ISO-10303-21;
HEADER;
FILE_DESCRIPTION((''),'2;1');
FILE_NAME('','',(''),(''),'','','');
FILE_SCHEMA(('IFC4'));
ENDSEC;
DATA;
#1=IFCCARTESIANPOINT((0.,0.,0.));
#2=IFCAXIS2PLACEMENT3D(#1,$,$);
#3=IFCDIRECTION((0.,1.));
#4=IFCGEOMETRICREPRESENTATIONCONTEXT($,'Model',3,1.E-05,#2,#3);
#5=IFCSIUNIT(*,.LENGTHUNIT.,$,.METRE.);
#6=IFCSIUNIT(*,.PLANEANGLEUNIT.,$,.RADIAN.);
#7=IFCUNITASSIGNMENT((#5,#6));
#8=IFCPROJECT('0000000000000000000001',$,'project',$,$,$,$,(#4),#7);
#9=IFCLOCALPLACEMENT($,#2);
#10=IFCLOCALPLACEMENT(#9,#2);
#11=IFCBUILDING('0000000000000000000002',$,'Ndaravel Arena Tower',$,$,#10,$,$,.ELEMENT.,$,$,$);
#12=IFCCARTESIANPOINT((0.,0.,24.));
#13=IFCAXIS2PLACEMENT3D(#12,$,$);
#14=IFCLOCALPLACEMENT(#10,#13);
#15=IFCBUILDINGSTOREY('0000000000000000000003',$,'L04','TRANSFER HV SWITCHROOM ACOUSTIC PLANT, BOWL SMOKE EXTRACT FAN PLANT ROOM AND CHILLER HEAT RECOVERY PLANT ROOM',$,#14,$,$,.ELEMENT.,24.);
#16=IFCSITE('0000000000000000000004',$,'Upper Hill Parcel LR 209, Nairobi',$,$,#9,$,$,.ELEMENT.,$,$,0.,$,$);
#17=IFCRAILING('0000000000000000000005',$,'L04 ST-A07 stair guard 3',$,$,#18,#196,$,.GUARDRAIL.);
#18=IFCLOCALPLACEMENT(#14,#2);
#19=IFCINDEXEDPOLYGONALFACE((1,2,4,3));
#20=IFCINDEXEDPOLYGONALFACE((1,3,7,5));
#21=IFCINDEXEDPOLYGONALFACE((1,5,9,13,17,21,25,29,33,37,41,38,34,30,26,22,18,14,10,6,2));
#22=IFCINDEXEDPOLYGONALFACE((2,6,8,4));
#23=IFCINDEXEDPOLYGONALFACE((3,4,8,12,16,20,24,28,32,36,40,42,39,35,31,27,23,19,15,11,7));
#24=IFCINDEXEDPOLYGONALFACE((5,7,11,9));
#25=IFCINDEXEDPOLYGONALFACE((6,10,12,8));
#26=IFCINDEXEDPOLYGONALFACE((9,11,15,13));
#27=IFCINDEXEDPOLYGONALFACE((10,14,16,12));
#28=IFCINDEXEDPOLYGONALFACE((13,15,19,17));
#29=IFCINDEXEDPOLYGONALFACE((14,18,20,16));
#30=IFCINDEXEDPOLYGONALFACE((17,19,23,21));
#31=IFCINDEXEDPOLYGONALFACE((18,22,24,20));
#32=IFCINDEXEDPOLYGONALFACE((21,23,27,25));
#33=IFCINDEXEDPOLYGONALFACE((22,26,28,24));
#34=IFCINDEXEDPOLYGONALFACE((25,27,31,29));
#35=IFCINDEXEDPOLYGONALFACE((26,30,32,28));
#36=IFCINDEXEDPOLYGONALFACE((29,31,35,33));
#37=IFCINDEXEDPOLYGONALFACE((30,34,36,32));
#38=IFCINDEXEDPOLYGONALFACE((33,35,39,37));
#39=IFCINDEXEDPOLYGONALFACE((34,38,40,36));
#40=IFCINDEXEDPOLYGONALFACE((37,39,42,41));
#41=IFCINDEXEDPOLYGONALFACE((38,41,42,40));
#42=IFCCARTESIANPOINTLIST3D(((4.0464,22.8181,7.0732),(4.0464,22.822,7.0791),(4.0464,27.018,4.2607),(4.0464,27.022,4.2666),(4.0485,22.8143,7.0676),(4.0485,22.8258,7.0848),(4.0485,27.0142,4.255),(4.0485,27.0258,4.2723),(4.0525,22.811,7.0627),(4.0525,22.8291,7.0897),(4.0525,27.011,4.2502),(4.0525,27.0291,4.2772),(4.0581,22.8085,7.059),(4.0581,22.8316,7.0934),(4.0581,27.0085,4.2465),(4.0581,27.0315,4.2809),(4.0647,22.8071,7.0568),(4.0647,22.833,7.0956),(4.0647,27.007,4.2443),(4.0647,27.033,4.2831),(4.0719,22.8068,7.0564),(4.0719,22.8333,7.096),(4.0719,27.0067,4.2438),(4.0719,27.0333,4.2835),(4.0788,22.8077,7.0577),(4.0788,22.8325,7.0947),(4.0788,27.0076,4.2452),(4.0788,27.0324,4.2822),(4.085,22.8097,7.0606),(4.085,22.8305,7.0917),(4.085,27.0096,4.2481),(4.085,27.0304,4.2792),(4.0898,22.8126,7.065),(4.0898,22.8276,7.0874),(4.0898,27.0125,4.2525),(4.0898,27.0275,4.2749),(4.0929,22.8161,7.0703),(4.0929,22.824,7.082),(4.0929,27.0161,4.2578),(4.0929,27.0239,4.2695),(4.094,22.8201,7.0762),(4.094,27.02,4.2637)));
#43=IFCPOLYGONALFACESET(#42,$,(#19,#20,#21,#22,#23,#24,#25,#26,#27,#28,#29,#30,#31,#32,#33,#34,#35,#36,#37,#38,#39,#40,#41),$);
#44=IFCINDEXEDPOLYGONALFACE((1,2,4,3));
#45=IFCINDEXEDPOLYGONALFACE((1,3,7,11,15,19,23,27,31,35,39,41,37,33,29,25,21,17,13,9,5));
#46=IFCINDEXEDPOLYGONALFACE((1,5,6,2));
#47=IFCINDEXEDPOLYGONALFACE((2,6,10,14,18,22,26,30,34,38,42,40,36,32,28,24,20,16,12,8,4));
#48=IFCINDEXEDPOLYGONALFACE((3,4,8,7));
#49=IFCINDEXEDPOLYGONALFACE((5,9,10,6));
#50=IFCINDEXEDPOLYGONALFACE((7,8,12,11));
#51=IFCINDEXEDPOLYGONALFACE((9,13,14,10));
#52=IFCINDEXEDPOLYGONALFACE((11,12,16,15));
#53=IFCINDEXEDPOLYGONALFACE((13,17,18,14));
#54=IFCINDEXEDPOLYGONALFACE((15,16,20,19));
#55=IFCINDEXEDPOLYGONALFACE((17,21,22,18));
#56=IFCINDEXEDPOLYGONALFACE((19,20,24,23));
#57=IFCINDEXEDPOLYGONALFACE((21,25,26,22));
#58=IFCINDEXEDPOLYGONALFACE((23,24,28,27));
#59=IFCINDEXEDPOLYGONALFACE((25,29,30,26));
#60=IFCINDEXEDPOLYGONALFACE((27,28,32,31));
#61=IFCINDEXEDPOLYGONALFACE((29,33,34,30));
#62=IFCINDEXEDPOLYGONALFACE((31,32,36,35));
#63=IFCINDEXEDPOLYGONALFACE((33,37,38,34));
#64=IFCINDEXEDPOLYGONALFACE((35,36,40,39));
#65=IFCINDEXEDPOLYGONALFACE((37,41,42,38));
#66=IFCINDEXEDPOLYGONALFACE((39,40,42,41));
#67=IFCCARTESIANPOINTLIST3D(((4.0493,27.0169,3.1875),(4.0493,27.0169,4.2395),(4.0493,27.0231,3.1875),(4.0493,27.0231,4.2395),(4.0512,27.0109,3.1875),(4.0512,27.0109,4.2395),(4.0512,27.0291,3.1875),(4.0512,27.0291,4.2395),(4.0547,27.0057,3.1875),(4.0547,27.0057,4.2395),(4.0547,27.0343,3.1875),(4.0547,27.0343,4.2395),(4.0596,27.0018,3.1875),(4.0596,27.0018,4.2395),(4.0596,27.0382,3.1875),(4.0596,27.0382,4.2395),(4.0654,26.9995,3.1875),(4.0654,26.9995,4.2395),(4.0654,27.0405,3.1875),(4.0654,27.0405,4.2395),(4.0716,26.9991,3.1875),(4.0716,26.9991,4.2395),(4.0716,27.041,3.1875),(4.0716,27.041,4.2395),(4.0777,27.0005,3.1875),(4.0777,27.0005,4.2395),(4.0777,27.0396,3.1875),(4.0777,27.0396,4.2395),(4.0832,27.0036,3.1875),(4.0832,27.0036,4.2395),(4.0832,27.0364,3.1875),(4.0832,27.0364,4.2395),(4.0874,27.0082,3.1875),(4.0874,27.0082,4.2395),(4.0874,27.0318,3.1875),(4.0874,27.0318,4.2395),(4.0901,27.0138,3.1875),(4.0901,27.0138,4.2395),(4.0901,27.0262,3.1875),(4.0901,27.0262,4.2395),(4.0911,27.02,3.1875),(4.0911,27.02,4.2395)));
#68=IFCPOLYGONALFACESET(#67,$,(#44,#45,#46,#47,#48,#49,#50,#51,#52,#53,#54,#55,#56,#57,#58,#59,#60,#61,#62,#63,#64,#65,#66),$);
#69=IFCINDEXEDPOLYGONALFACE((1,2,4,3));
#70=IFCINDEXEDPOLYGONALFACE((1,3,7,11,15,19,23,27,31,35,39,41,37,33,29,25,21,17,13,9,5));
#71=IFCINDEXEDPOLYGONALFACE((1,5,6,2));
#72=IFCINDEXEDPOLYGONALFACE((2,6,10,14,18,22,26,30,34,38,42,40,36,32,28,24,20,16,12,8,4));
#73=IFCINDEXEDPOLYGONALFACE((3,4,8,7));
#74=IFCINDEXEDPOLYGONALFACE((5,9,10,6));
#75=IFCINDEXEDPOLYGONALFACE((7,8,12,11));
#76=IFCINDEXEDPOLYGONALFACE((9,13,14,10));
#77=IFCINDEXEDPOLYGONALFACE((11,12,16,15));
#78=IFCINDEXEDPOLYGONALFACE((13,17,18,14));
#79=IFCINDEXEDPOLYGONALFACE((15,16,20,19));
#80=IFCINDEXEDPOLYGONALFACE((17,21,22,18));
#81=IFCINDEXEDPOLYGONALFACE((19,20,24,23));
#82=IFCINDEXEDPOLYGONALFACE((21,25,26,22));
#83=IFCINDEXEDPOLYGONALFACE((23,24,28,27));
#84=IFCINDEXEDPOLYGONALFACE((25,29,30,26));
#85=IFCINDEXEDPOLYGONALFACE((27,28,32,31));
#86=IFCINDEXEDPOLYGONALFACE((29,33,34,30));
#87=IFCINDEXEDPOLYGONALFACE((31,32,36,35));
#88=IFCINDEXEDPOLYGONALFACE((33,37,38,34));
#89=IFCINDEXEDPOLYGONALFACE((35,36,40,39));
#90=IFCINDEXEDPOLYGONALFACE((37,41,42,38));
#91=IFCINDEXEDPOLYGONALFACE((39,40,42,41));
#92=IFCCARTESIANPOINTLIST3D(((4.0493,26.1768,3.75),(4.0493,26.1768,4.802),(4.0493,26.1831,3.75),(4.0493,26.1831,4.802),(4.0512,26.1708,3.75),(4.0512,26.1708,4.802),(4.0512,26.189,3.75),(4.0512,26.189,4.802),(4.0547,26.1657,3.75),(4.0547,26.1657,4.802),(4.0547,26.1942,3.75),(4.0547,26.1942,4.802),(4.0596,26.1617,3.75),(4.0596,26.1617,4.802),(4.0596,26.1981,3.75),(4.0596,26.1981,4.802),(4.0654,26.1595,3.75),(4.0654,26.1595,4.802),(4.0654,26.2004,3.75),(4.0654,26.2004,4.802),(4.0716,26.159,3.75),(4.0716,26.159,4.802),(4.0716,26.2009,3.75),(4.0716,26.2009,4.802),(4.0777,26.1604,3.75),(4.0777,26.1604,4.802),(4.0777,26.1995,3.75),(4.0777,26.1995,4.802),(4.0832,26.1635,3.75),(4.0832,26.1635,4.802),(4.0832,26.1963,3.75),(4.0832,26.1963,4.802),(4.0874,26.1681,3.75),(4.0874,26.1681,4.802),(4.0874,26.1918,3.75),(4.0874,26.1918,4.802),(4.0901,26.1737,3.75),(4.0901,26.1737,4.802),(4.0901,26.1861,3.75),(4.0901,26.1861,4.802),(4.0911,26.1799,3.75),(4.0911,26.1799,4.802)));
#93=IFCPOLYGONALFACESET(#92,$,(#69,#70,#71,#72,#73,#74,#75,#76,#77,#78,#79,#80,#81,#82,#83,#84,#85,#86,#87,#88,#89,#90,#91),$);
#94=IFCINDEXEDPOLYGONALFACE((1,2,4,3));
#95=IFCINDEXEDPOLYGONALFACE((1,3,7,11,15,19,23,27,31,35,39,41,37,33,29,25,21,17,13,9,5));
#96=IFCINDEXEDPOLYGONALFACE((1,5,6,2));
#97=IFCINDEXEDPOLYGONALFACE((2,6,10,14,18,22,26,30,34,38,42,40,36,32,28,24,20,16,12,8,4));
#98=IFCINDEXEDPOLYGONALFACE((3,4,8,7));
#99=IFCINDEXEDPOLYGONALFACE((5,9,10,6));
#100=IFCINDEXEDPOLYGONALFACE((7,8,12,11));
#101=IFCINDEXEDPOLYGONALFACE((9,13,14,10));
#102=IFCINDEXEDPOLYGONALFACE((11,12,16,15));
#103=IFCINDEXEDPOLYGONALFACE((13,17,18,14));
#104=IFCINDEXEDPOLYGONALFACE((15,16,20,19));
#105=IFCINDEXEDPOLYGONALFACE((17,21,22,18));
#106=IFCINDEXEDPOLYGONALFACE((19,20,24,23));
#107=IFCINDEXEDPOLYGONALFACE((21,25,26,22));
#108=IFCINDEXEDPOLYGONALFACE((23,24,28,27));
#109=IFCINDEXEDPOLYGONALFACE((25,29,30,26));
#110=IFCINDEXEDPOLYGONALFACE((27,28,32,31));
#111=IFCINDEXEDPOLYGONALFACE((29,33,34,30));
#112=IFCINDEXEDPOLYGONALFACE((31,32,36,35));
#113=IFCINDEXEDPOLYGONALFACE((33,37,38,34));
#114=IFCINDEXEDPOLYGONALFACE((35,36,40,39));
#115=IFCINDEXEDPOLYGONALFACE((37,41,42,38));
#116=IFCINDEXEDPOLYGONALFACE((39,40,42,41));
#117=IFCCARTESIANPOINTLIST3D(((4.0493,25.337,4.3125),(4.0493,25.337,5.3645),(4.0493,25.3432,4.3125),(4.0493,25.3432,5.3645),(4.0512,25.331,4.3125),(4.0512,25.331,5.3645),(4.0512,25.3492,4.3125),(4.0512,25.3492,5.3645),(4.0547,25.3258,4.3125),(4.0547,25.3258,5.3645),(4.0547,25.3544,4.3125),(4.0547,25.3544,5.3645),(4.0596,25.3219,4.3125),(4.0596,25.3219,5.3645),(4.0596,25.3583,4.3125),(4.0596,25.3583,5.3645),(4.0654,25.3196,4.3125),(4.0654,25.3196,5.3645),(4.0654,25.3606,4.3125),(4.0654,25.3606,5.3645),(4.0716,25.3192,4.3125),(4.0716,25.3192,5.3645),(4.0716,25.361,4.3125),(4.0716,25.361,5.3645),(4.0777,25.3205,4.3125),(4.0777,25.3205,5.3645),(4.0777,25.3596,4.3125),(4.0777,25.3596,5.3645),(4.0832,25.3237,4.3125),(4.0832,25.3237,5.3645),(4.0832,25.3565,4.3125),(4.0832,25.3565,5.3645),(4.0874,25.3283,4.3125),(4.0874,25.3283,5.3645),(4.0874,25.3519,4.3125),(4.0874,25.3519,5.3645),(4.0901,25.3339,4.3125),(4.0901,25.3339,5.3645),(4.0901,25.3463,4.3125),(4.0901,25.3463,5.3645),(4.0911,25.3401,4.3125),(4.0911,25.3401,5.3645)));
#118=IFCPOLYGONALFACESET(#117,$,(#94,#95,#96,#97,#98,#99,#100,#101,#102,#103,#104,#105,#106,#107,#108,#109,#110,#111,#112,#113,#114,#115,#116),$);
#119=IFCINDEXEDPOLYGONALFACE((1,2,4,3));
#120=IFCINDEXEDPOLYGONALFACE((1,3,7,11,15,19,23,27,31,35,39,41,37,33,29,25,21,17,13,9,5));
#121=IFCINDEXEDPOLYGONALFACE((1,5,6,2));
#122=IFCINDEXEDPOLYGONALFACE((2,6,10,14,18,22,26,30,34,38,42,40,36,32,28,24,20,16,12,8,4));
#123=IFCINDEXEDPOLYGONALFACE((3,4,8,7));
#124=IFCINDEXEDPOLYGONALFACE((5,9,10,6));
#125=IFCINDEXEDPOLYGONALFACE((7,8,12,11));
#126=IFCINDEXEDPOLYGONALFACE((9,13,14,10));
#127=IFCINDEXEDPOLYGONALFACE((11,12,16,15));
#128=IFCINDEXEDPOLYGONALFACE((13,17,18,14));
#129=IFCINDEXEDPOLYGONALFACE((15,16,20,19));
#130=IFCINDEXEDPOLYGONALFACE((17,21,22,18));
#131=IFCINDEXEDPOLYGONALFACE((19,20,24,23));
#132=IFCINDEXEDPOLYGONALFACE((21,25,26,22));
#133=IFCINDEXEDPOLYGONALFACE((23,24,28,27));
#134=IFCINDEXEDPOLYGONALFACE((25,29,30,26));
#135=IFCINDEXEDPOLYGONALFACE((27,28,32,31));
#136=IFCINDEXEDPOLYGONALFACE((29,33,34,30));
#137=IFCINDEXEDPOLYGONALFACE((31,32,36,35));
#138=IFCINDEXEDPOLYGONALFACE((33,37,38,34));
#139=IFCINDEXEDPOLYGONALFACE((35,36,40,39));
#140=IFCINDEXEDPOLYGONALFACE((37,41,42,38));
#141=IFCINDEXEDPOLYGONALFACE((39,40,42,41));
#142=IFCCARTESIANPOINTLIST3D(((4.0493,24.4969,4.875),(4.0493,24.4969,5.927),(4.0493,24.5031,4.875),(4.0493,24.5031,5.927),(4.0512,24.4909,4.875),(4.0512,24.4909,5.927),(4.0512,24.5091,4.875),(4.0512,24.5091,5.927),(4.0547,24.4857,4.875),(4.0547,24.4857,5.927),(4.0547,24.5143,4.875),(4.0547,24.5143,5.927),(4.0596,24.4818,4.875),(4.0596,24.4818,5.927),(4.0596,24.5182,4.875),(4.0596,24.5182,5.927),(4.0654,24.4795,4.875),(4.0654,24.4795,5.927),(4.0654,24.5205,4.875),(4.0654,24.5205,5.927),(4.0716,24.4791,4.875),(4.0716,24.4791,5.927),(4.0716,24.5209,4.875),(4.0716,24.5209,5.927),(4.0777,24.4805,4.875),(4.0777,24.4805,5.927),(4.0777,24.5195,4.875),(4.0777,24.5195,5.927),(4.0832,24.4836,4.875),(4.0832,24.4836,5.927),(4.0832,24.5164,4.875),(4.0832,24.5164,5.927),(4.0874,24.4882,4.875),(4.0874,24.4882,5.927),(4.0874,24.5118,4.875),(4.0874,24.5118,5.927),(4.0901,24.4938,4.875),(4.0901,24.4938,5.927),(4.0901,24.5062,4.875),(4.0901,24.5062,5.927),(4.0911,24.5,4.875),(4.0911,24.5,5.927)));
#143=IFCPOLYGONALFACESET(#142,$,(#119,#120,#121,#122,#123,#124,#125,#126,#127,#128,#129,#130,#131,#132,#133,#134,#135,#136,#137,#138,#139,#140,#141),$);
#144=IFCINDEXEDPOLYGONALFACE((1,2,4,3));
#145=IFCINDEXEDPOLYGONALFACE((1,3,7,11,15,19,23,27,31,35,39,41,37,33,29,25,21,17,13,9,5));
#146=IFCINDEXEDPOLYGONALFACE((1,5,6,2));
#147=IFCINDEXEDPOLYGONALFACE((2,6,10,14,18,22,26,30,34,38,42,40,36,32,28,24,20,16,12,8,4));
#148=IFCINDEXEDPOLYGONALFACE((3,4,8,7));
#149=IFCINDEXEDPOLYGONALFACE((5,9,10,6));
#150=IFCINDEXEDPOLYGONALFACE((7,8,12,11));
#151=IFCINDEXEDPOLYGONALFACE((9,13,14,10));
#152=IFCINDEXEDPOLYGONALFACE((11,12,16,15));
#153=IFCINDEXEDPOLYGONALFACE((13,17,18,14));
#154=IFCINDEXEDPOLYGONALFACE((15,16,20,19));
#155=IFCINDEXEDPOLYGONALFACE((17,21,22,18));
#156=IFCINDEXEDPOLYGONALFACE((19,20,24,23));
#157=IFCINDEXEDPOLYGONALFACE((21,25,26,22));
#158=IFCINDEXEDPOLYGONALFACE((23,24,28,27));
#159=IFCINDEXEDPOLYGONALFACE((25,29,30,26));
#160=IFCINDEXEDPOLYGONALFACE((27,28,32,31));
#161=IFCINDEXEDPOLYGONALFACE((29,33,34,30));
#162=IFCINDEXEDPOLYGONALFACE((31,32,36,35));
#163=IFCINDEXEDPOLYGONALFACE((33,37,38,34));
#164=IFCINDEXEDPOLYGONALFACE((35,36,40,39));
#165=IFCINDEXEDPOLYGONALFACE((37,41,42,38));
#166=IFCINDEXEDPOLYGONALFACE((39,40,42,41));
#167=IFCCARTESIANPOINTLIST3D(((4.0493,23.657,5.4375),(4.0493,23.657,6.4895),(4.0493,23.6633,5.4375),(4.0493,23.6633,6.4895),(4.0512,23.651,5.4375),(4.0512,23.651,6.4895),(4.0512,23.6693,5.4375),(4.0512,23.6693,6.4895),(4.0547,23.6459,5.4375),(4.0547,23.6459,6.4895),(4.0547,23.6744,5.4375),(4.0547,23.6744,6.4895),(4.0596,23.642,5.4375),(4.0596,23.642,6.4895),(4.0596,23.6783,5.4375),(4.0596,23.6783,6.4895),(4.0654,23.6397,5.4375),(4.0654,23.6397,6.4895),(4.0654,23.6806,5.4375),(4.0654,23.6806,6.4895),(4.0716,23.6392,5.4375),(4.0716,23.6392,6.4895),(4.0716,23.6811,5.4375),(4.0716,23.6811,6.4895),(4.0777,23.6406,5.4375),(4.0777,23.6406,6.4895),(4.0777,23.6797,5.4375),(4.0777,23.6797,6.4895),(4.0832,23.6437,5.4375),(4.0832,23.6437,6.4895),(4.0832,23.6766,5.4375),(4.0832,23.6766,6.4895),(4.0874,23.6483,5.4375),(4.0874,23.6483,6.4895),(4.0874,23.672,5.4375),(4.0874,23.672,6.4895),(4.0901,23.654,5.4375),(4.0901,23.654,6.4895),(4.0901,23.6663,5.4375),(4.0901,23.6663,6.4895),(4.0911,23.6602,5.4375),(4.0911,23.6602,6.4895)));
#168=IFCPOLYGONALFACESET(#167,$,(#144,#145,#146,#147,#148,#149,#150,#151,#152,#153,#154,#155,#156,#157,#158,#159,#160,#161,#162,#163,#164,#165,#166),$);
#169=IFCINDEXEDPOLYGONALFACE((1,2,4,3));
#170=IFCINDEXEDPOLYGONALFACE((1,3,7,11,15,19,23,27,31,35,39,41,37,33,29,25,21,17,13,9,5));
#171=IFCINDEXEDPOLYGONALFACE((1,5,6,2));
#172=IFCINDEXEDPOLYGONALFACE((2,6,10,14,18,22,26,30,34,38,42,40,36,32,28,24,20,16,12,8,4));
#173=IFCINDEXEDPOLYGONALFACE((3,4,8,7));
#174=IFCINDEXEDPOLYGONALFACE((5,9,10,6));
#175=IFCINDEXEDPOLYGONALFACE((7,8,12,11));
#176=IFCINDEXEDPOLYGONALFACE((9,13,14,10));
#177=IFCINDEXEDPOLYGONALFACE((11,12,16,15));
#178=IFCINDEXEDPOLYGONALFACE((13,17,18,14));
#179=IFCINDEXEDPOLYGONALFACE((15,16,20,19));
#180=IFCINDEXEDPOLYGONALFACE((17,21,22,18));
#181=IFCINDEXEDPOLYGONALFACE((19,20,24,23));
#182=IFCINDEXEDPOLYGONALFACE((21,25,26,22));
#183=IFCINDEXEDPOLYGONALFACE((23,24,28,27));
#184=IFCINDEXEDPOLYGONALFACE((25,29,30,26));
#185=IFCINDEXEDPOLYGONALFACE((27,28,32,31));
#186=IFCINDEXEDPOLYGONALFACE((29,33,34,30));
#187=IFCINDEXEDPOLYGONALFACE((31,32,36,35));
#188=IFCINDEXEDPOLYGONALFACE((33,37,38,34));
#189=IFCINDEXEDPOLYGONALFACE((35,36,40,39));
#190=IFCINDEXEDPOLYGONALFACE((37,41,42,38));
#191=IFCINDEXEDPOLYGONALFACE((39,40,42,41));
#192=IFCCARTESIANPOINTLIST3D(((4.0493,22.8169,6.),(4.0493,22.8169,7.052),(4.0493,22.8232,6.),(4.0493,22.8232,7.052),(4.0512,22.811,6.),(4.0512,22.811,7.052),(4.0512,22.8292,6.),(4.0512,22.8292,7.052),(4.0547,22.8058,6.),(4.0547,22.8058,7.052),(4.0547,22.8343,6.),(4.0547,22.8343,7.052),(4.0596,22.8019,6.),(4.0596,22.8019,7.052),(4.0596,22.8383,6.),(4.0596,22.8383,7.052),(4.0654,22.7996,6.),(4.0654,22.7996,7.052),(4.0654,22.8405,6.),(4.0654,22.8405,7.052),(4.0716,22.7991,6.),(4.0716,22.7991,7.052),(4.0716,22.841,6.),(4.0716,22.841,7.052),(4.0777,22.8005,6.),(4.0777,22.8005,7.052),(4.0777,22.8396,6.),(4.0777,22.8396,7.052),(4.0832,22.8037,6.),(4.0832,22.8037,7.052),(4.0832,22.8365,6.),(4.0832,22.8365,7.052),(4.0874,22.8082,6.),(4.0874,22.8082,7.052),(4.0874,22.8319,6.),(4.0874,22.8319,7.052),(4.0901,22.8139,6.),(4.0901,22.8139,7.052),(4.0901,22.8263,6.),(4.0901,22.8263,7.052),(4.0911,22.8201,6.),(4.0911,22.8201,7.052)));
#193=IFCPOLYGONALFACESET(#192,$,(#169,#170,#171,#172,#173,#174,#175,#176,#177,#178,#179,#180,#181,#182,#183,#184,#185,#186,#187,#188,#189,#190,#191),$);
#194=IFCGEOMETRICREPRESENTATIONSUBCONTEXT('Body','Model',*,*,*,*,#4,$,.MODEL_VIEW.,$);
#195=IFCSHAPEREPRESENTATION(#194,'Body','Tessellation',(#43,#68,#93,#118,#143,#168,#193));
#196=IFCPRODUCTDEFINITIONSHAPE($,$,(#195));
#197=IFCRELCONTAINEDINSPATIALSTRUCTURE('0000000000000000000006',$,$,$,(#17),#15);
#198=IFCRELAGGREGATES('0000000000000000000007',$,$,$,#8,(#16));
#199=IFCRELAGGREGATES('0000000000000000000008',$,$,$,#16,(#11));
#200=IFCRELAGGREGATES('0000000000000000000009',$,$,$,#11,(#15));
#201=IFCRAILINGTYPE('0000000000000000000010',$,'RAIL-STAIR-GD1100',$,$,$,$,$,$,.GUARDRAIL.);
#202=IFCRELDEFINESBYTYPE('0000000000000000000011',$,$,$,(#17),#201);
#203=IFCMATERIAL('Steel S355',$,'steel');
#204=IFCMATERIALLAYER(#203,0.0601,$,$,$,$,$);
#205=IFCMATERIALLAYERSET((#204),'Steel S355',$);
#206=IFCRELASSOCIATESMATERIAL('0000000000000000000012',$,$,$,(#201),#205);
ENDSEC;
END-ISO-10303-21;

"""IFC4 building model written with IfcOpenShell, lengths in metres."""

from ifc_helpers import new_model, si_unit, direction, frame, origin, origin_2d, place, context, subcontext, project, spatial, circle, extrude, material, layer, layer_set, type_object, element, save


model = new_model("IFC4")

# Units and contexts
model_context = context("Model", 3, precision=1e-05, world=origin(), true_north=direction((0.0, 1.0)))
body_context = subcontext(model_context, "Body", "Model", "MODEL_VIEW")
ifc_project = project(units=[si_unit("LENGTHUNIT", "METRE"), si_unit("PLANEANGLEUNIT", "RADIAN")], contexts=[model_context])

# Site, building, storey
site_placement = place(None, origin())
site = spatial("IfcSite", under=ifc_project, at=site_placement, Name="Upper Hill Parcel LR 209, Nairobi", CompositionType="ELEMENT", RefElevation=0.0)
building_placement = place(site_placement, origin())
building = spatial("IfcBuilding", under=site, at=building_placement, Name="Ndaravel Arena Tower", CompositionType="ELEMENT")
storey_placement = place(building_placement, frame((0.0, 0.0, 24.0)))
storey = spatial("IfcBuildingStorey", under=building, at=storey_placement, Name="L04", Description="TRANSFER HV SWITCHROOM ACOUSTIC PLANT, BOWL SMOKE EXTRACT FAN PLANT ROOM AND CHILLER HEAT RECOVERY PLANT ROOM", CompositionType="ELEMENT", Elevation=24.0)

# Railing
ifc_material_1 = material(Name="Steel S355", Category="steel")
ifc_layer_1 = layer(ifc_material_1, 0.0601)
ifc_layer_set_1 = layer_set([ifc_layer_1], Name="Steel S355")
railing_type_1 = type_object("IfcRailingType", Name="RAIL-STAIR-GD1100", PredefinedType="GUARDRAIL", material=ifc_layer_set_1)
railing_1_placement = place(storey_placement, frame((4.0701, 27.02, 3.1875)))
element("IfcRailing", 1, at=railing_1_placement, inside=storey, type_object=railing_type_1, Name="L04 ST-A07 stair guard 3", PredefinedType="GUARDRAIL", context=body_context, shape_type="SweptSolid", body=[
    extrude(circle(Radius=0.0239, at=origin_2d()), frame((0.0, 0.0, 1.0762), z_axis=(0.0, -0.830904, 0.556416), x_axis=(1.0, 0.0, 0.0)), (0.0, 0.0, 1.0), 5.0547),
    extrude(circle(Radius=0.021, at=origin_2d()), origin(), (0.0, 0.0, 1.0), 1.052),
    extrude(circle(Radius=0.021, at=origin_2d()), frame((0.0, -0.8401, 0.5625)), (0.0, 0.0, 1.0), 1.052),
    extrude(circle(Radius=0.021, at=origin_2d()), frame((0.0, -1.6799, 1.125)), (0.0, 0.0, 1.0), 1.052),
    extrude(circle(Radius=0.021, at=origin_2d()), frame((0.0, -2.52, 1.6875)), (0.0, 0.0, 1.0), 1.052),
    extrude(circle(Radius=0.021, at=origin_2d()), frame((0.0, -3.3599, 2.25)), (0.0, 0.0, 1.0), 1.052),
    extrude(circle(Radius=0.021, at=origin_2d()), frame((0.0, -4.2, 2.8125)), (0.0, 0.0, 1.0), 1.052),
])

save(model, "model.ifc")
